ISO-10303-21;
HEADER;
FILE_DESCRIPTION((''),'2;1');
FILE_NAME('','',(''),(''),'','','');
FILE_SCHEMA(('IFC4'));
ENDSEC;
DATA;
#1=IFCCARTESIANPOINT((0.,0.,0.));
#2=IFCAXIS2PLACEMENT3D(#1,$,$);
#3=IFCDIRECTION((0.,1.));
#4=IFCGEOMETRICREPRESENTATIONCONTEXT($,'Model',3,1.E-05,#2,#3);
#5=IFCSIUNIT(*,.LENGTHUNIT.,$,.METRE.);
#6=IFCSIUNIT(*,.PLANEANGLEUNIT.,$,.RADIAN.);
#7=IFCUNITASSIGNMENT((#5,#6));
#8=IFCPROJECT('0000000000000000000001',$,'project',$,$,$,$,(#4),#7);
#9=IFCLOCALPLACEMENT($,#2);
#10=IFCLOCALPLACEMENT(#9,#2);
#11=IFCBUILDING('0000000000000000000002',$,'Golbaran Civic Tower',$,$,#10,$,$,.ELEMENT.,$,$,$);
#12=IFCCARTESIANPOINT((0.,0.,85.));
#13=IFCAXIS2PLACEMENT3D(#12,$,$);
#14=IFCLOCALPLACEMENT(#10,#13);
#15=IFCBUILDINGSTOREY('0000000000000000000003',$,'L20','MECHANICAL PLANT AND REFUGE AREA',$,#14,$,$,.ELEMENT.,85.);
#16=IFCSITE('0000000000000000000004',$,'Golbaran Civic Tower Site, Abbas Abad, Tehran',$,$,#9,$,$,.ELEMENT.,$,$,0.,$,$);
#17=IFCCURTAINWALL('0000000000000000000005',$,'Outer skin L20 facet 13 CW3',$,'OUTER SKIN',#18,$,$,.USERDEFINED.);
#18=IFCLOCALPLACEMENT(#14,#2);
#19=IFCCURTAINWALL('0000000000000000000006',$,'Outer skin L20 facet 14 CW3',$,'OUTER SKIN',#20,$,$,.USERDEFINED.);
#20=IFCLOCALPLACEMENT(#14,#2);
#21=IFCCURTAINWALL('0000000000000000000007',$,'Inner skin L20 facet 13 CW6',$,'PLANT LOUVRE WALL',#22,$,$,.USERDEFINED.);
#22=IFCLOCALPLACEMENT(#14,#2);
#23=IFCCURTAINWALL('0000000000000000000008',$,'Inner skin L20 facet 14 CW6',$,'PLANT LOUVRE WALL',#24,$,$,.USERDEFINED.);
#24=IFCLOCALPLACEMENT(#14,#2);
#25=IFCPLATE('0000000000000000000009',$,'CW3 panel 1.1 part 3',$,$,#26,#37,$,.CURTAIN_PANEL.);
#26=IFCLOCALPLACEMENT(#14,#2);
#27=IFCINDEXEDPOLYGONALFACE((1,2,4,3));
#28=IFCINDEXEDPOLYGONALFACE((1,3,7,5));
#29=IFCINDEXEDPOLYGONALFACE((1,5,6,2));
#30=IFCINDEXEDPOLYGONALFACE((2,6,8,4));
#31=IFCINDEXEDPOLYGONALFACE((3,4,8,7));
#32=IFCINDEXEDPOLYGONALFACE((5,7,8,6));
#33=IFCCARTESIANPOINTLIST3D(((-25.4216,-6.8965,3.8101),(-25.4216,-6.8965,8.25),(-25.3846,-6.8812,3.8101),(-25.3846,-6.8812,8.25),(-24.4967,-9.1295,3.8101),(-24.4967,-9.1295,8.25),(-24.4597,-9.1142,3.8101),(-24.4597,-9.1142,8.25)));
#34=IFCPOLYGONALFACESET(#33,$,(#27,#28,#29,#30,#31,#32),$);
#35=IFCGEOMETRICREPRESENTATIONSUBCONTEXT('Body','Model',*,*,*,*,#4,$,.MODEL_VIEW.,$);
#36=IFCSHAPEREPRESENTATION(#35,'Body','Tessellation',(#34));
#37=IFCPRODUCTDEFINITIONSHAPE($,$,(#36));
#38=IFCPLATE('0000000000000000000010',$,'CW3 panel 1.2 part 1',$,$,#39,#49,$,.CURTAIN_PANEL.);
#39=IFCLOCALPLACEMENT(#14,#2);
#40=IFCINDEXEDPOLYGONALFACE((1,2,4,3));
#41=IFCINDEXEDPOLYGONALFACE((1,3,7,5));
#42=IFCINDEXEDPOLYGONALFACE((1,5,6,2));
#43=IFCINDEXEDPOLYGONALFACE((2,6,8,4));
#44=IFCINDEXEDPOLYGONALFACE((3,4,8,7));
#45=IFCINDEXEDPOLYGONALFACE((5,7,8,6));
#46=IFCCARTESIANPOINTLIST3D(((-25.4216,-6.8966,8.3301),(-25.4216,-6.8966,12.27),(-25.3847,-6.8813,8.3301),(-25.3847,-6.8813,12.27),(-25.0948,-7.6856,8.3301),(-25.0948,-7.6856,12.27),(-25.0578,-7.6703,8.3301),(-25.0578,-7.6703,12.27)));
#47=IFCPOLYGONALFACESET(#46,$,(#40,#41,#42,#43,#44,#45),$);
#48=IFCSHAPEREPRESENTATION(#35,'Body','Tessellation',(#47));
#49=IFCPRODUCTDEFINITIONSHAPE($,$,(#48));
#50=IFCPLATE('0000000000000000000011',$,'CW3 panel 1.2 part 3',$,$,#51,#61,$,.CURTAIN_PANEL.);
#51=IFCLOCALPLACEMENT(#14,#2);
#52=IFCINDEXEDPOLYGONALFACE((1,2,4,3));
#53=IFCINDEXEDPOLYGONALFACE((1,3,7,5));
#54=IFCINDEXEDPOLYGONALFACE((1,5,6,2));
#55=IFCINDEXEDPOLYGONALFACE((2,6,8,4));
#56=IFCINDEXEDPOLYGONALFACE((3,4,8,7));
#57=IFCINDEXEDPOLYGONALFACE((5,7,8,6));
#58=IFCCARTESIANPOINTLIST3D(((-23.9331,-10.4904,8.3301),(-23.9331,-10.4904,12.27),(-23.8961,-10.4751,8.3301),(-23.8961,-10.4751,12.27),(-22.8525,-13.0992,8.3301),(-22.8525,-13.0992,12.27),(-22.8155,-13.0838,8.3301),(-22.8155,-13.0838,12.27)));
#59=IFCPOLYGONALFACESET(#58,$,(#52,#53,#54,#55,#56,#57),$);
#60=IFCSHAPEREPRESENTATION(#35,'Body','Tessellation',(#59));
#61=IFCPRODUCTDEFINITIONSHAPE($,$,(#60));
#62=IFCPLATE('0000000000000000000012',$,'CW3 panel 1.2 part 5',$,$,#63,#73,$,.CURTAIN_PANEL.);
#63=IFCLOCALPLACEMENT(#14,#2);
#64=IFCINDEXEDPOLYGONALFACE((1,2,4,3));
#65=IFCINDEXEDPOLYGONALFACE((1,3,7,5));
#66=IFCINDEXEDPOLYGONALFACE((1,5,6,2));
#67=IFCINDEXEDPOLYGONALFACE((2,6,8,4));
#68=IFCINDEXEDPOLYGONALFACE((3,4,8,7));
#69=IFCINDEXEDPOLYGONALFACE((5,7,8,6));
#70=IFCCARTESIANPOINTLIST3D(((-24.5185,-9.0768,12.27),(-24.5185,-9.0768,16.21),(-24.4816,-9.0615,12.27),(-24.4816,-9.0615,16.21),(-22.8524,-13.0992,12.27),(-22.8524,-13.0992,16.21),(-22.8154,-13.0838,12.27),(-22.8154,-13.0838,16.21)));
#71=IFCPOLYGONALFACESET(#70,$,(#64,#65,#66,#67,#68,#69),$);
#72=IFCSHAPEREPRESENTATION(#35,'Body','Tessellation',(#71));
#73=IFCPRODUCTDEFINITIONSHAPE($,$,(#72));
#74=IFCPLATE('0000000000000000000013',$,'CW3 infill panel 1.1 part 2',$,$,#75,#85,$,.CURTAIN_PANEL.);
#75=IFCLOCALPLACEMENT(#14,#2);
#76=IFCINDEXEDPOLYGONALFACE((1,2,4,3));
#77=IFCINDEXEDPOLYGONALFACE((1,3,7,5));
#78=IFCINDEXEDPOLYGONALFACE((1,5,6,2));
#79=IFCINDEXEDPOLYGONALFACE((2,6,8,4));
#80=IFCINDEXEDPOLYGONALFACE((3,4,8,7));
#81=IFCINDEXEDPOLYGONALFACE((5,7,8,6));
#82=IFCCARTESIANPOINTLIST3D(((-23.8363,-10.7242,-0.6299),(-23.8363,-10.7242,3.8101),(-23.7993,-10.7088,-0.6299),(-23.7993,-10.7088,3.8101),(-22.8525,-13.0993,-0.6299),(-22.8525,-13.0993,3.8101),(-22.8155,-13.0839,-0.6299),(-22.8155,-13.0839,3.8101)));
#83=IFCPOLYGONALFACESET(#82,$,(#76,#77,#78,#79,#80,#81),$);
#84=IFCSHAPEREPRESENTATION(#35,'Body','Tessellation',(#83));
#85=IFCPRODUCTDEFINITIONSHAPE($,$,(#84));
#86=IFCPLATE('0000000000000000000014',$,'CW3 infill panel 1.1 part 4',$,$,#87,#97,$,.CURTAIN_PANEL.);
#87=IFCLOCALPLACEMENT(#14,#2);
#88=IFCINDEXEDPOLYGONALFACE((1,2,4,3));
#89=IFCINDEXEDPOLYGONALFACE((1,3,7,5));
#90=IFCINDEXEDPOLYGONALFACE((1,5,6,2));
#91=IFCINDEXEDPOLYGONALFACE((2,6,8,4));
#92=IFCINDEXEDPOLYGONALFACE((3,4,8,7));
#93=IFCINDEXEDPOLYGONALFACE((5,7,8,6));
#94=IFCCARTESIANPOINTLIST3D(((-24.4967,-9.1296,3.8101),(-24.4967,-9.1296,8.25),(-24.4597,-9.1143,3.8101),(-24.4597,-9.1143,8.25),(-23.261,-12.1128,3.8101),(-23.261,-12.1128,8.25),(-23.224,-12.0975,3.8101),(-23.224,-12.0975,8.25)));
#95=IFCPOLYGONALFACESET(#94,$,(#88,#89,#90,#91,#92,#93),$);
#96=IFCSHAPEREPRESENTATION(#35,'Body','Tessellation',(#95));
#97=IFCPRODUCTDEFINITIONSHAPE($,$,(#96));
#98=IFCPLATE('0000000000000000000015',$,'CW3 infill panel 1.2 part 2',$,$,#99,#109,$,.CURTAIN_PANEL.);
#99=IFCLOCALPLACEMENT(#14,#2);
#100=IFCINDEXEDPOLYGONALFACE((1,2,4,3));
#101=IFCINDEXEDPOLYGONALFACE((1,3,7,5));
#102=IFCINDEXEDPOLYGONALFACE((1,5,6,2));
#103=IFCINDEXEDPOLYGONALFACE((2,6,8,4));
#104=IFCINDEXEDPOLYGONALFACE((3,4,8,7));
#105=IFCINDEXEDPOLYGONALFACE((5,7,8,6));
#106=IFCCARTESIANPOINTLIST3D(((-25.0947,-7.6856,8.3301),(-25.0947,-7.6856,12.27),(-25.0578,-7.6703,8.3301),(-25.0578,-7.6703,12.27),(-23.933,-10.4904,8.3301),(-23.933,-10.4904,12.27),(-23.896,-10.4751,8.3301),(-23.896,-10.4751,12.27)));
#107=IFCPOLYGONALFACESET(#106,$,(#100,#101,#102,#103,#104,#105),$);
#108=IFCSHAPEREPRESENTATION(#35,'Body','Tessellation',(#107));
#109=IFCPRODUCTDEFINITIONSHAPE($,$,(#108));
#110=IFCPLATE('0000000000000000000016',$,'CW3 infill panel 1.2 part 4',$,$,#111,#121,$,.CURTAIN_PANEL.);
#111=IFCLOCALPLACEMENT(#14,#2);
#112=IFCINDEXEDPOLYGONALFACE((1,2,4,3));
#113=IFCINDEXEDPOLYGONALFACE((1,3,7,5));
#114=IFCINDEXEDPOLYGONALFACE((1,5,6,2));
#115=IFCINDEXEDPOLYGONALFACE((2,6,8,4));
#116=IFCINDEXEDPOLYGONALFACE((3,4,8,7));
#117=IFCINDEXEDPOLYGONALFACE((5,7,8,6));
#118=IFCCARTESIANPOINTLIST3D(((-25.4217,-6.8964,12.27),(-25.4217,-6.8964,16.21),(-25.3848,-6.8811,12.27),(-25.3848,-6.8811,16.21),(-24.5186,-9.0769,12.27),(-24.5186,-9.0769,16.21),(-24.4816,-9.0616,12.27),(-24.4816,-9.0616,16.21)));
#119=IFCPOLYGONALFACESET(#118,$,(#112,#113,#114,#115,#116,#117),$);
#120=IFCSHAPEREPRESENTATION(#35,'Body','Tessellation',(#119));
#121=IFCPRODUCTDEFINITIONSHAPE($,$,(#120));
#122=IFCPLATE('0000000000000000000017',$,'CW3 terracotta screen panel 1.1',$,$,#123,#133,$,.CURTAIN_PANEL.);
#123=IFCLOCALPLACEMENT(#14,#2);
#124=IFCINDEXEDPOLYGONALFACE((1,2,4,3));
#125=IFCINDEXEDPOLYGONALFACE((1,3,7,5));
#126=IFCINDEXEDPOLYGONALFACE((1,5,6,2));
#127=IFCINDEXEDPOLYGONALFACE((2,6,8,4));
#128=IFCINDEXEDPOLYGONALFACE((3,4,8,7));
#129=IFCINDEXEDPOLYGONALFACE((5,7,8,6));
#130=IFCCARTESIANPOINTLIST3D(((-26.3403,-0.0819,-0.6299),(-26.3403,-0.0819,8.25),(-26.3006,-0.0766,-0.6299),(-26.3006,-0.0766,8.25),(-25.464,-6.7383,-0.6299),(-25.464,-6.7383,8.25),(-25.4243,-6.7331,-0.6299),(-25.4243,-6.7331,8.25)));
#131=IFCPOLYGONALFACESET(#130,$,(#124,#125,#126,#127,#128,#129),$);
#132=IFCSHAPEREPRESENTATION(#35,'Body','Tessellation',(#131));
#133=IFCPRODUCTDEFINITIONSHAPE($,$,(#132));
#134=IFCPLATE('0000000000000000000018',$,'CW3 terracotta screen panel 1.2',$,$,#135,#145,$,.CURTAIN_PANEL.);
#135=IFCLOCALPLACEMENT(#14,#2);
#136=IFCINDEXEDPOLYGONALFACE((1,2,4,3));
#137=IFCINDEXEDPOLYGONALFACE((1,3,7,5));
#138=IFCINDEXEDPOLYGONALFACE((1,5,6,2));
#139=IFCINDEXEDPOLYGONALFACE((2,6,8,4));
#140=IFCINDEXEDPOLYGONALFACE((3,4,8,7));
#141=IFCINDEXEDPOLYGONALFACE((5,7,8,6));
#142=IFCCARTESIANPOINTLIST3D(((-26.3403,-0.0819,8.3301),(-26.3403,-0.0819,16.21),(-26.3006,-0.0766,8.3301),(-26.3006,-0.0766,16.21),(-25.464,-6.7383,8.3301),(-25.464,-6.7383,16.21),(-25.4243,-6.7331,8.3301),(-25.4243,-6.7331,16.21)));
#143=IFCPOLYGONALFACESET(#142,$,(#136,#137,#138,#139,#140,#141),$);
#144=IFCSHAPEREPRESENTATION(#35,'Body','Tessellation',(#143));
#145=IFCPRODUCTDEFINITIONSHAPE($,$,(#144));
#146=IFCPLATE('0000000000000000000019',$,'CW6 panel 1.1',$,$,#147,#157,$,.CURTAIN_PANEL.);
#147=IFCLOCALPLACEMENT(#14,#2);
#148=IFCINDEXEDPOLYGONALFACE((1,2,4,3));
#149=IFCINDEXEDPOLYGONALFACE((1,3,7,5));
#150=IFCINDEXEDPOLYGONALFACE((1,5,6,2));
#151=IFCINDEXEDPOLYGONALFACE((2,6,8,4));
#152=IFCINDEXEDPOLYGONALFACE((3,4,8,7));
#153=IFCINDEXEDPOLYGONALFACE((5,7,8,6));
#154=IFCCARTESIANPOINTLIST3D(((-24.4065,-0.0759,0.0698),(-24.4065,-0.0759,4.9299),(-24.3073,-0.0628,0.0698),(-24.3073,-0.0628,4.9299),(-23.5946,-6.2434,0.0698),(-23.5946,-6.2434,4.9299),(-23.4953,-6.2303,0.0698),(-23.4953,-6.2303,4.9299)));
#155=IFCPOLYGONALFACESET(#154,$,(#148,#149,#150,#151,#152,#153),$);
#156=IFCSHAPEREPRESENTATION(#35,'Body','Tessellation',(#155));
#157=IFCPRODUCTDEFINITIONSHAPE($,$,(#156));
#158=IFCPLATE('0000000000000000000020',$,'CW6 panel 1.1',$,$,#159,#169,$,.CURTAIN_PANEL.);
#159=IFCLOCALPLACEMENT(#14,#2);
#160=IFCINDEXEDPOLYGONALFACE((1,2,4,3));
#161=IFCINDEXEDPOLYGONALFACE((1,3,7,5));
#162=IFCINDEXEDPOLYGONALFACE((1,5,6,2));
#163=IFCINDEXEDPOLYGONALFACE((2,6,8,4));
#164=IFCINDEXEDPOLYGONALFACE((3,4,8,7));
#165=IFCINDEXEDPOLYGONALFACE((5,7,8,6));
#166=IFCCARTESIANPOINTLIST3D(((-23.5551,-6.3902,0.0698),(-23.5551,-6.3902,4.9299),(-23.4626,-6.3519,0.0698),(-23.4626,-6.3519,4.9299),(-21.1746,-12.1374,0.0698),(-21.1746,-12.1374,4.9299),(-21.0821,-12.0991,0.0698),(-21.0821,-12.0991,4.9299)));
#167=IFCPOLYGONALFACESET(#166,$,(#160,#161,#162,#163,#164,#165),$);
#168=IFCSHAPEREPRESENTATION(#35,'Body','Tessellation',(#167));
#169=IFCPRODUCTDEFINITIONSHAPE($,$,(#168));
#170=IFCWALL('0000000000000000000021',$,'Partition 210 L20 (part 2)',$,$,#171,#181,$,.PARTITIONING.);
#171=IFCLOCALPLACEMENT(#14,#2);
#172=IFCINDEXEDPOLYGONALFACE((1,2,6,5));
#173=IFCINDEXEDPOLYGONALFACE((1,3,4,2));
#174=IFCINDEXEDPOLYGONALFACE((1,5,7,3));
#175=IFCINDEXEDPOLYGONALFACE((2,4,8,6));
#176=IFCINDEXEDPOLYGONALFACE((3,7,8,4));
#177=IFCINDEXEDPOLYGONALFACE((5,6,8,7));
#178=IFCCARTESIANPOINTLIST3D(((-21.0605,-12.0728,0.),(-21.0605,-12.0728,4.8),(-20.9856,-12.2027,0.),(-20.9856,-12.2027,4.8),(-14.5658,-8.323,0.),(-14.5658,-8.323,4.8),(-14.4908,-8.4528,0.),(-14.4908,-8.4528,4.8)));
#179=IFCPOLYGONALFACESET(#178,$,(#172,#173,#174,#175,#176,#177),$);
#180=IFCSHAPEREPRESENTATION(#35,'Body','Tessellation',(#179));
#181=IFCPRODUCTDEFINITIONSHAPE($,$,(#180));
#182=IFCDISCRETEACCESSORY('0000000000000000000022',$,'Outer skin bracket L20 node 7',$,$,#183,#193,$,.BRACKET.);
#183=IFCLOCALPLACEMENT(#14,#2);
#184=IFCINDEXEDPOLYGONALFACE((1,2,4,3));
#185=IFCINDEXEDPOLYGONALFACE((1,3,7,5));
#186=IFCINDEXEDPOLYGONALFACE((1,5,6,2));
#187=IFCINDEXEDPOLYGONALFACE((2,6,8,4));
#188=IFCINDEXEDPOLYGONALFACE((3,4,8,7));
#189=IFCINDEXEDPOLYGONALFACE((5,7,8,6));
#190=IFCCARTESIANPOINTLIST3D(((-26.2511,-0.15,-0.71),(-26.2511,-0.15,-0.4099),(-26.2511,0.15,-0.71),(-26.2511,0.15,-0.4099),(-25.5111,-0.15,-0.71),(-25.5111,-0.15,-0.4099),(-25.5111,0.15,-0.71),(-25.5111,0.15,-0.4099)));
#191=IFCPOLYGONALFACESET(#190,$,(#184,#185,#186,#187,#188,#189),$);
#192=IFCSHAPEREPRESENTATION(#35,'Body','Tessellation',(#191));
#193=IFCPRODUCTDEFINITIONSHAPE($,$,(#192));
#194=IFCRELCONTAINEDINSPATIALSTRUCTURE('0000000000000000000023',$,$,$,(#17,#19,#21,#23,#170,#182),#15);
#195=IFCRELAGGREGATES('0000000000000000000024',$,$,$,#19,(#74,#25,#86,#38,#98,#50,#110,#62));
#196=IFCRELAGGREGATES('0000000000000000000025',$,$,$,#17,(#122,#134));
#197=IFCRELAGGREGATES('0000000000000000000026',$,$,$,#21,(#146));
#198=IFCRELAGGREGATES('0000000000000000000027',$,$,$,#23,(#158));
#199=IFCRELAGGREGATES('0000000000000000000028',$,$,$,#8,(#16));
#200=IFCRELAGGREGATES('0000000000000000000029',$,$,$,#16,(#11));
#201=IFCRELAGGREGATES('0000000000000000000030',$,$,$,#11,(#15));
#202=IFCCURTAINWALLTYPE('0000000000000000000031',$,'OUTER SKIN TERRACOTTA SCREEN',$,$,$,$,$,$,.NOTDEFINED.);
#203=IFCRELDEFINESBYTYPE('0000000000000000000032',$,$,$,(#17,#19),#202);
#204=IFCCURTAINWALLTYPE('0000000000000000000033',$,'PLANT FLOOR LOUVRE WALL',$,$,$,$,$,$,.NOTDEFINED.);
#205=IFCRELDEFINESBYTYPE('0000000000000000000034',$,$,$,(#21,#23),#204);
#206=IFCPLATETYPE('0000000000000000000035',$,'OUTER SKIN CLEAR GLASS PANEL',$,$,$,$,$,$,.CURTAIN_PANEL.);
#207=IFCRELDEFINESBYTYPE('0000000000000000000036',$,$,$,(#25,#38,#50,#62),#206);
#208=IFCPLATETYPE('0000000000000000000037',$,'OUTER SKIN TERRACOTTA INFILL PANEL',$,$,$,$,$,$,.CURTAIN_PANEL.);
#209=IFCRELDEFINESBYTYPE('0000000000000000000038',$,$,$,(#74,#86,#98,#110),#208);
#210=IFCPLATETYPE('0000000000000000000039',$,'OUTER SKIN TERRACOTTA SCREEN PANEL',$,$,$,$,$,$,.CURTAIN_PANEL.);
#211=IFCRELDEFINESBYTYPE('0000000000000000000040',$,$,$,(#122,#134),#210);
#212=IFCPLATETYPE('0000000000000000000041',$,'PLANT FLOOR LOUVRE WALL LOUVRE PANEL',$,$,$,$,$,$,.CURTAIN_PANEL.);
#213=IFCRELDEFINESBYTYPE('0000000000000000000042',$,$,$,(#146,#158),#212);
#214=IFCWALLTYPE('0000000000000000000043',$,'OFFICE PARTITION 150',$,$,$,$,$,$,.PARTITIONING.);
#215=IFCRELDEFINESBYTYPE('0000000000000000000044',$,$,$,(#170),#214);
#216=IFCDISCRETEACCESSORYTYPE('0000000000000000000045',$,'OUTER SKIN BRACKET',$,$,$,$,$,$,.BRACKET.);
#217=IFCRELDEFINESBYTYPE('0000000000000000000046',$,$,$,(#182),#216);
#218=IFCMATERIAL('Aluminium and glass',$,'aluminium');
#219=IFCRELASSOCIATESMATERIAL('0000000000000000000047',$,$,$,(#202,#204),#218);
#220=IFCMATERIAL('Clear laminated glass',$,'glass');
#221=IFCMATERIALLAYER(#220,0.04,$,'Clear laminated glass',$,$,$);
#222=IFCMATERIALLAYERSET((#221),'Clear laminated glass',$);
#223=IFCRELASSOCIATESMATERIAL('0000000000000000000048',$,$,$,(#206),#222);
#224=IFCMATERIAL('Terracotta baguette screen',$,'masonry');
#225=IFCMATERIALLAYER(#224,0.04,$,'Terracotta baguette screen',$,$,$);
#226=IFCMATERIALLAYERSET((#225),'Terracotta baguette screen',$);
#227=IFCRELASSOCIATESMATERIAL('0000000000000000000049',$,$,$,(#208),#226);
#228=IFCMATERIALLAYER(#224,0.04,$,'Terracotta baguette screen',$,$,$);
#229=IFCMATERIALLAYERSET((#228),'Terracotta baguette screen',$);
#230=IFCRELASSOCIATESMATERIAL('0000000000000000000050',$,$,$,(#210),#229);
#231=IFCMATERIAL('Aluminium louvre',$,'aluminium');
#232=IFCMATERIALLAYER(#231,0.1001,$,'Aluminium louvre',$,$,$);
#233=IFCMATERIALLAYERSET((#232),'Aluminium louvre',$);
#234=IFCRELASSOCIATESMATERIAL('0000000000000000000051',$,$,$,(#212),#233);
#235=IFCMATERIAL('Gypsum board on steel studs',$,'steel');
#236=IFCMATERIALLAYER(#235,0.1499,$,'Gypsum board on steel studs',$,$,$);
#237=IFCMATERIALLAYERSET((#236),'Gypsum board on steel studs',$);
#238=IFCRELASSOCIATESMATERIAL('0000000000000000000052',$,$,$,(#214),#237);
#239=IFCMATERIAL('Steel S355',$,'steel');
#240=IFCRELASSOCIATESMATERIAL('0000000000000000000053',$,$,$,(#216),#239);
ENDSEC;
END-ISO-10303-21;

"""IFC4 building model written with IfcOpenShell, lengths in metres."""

from ifc_helpers import new_model, si_unit, direction, frame, frame_2d, origin, origin_2d, place, context, subcontext, project, spatial, rectangle, extrude, material, layer, layer_set, type_object, element, aggregate, save


model = new_model("IFC4")

# Units and contexts
model_context = context("Model", 3, precision=1e-05, world=origin(), true_north=direction((0.0, 1.0)))
body_context = subcontext(model_context, "Body", "Model", "MODEL_VIEW")
ifc_project = project(units=[si_unit("LENGTHUNIT", "METRE"), si_unit("PLANEANGLEUNIT", "RADIAN")], contexts=[model_context])

# Site, building, storey
site_placement = place(None, origin())
site = spatial("IfcSite", under=ifc_project, at=site_placement, Name="Golbaran Civic Tower Site, Abbas Abad, Tehran", CompositionType="ELEMENT", RefElevation=0.0)
building_placement = place(site_placement, origin())
building = spatial("IfcBuilding", under=site, at=building_placement, Name="Golbaran Civic Tower", CompositionType="ELEMENT")
storey_placement = place(building_placement, frame((0.0, 0.0, 85.0)))
storey = spatial("IfcBuildingStorey", under=building, at=storey_placement, Name="L20", Description="MECHANICAL PLANT AND REFUGE AREA", CompositionType="ELEMENT", Elevation=85.0)

# Shared definitions
ifc_material_1 = material(Name="Steel S355", Category="steel")

# Curtain wall
ifc_material_2 = material(Name="Aluminium and glass", Category="aluminium")
curtain_wall_type_1 = type_object("IfcCurtainWallType", Name="OUTER SKIN TERRACOTTA SCREEN", PredefinedType="NOTDEFINED", material=ifc_material_2)
curtain_wall_1_placement = place(storey_placement, origin())
curtain_wall_1 = element("IfcCurtainWall", 1, at=curtain_wall_1_placement, inside=storey, type_object=curtain_wall_type_1, Name="Outer skin L20 facet 13 CW3", ObjectType="OUTER SKIN", PredefinedType="USERDEFINED")

# Curtain wall
curtain_wall_2_placement = place(storey_placement, origin())
curtain_wall_2 = element("IfcCurtainWall", 2, at=curtain_wall_2_placement, inside=storey, type_object=curtain_wall_type_1, Name="Outer skin L20 facet 14 CW3", ObjectType="OUTER SKIN", PredefinedType="USERDEFINED")

# Curtain wall
curtain_wall_type_2 = type_object("IfcCurtainWallType", Name="PLANT FLOOR LOUVRE WALL", PredefinedType="NOTDEFINED", material=ifc_material_2)
curtain_wall_3_placement = place(storey_placement, origin())
curtain_wall_3 = element("IfcCurtainWall", 3, at=curtain_wall_3_placement, inside=storey, type_object=curtain_wall_type_2, Name="Inner skin L20 facet 13 CW6", ObjectType="PLANT LOUVRE WALL", PredefinedType="USERDEFINED")

# Curtain wall
curtain_wall_4_placement = place(storey_placement, origin())
curtain_wall_4 = element("IfcCurtainWall", 4, at=curtain_wall_4_placement, inside=storey, type_object=curtain_wall_type_2, Name="Inner skin L20 facet 14 CW6", ObjectType="PLANT LOUVRE WALL", PredefinedType="USERDEFINED")

# Plates
ifc_material_3 = material(Name="Clear laminated glass", Category="glass")
ifc_layer_1 = layer(ifc_material_3, 0.04, Name="Clear laminated glass")
ifc_layer_set_1 = layer_set([ifc_layer_1], Name="Clear laminated glass")
plate_type_1 = type_object("IfcPlateType", Name="OUTER SKIN CLEAR GLASS PANEL", PredefinedType="CURTAIN_PANEL", material=ifc_layer_set_1)
plate_1_placement = place(storey_placement, frame((-24.9407, -8.0054, 3.8101), z_axis=(0.0, 0.0, 1.0), x_axis=(0.382683, -0.92388, 0.0)))
plate_1 = element("IfcPlate", 5, at=plate_1_placement, type_object=plate_type_1, Name="CW3 panel 1.1 part 3", PredefinedType="CURTAIN_PANEL", context=body_context, shape_type="SweptSolid", body=[
    extrude(rectangle(XDim=2.417, YDim=0.04, at=origin_2d()), origin(), (0.0, 0.0, 1.0), 4.4399),
])
plate_2_placement = place(storey_placement, frame((-25.2397, -7.2834, 8.3301), z_axis=(0.0, 0.0, 1.0), x_axis=(0.382683, -0.92388, 0.0)))
plate_2 = element("IfcPlate", 6, at=plate_2_placement, type_object=plate_type_1, Name="CW3 panel 1.2 part 1", PredefinedType="CURTAIN_PANEL", context=body_context, shape_type="SweptSolid", body=[
    extrude(rectangle(XDim=0.854, YDim=0.04, at=origin_2d()), origin(), (0.0, 0.0, 1.0), 3.9399),
])
plate_3_placement = place(storey_placement, frame((-23.3743, -11.7871, 8.3301), z_axis=(0.0, 0.0, 1.0), x_axis=(0.382683, -0.92388, 0.0)))
plate_3 = element("IfcPlate", 7, at=plate_3_placement, type_object=plate_type_1, Name="CW3 panel 1.2 part 3", PredefinedType="CURTAIN_PANEL", context=body_context, shape_type="SweptSolid", body=[
    extrude(rectangle(XDim=2.8237, YDim=0.04, at=origin_2d()), origin(), (0.0, 0.0, 1.0), 3.9399),
])
plate_4_placement = place(storey_placement, frame((-23.667, -11.0803, 12.27), z_axis=(0.0, 0.0, 1.0), x_axis=(0.382683, -0.92388, 0.0)))
plate_4 = element("IfcPlate", 8, at=plate_4_placement, type_object=plate_type_1, Name="CW3 panel 1.2 part 5", PredefinedType="CURTAIN_PANEL", context=body_context, shape_type="SweptSolid", body=[
    extrude(rectangle(XDim=4.3538, YDim=0.04, at=origin_2d()), origin(), (0.0, 0.0, 1.0), 3.9399),
])
ifc_material_4 = material(Name="Terracotta baguette screen", Category="masonry")
ifc_layer_2 = layer(ifc_material_4, 0.04, Name="Terracotta baguette screen")
ifc_layer_set_2 = layer_set([ifc_layer_2], Name="Terracotta baguette screen")
plate_type_2 = type_object("IfcPlateType", Name="OUTER SKIN TERRACOTTA INFILL PANEL", PredefinedType="CURTAIN_PANEL", material=ifc_layer_set_2)
plate_5_placement = place(storey_placement, frame((-23.3259, -11.9041, -0.6299), z_axis=(0.0, 0.0, 1.0), x_axis=(0.382683, -0.92388, 0.0)))
plate_5 = element("IfcPlate", 9, at=plate_5_placement, type_object=plate_type_2, Name="CW3 infill panel 1.1 part 2", PredefinedType="CURTAIN_PANEL", context=body_context, shape_type="SweptSolid", body=[
    extrude(rectangle(XDim=2.5708, YDim=0.04, at=origin_2d()), origin(), (0.0, 0.0, 1.0), 4.4399),
])
plate_6_placement = place(storey_placement, frame((-23.8604, -10.6135, 3.8101), z_axis=(0.0, 0.0, 1.0), x_axis=(0.382683, -0.92388, 0.0)))
plate_6 = element("IfcPlate", 10, at=plate_6_placement, type_object=plate_type_2, Name="CW3 infill panel 1.1 part 4", PredefinedType="CURTAIN_PANEL", context=body_context, shape_type="SweptSolid", body=[
    extrude(rectangle(XDim=3.229, YDim=0.04, at=origin_2d()), origin(), (0.0, 0.0, 1.0), 4.4399),
])
plate_7_placement = place(storey_placement, frame((-24.4954, -9.0803, 8.3301), z_axis=(0.0, 0.0, 1.0), x_axis=(0.382683, -0.92388, 0.0)))
plate_7 = element("IfcPlate", 11, at=plate_7_placement, type_object=plate_type_2, Name="CW3 infill panel 1.2 part 2", PredefinedType="CURTAIN_PANEL", context=body_context, shape_type="SweptSolid", body=[
    extrude(rectangle(XDim=3.0359, YDim=0.04, at=origin_2d()), origin(), (0.0, 0.0, 1.0), 3.9399),
])
plate_8_placement = place(storey_placement, frame((-24.9517, -7.979, 12.27), z_axis=(0.0, 0.0, 1.0), x_axis=(0.382683, -0.92388, 0.0)))
plate_8 = element("IfcPlate", 12, at=plate_8_placement, type_object=plate_type_2, Name="CW3 infill panel 1.2 part 4", PredefinedType="CURTAIN_PANEL", context=body_context, shape_type="SweptSolid", body=[
    extrude(rectangle(XDim=2.3601, YDim=0.04, at=origin_2d()), origin(), (0.0, 0.0, 1.0), 3.9399),
])
aggregate(curtain_wall_2, [plate_5, plate_1, plate_6, plate_2, plate_7, plate_3, plate_8, plate_4])
ifc_layer_3 = layer(ifc_material_4, 0.04, Name="Terracotta baguette screen")
ifc_layer_set_3 = layer_set([ifc_layer_3], Name="Terracotta baguette screen")
plate_type_3 = type_object("IfcPlateType", Name="OUTER SKIN TERRACOTTA SCREEN PANEL", PredefinedType="CURTAIN_PANEL", material=ifc_layer_set_3)
plate_9_placement = place(storey_placement, frame((-25.8823, -3.4075, -0.6299), z_axis=(0.0, 0.0, 1.0), x_axis=(0.130526, -0.991445, 0.0)))
plate_9 = element("IfcPlate", 13, at=plate_9_placement, type_object=plate_type_3, Name="CW3 terracotta screen panel 1.1", PredefinedType="CURTAIN_PANEL", context=body_context, shape_type="SweptSolid", body=[
    extrude(rectangle(XDim=6.7139, YDim=0.04, at=origin_2d()), origin(), (0.0, 0.0, 1.0), 8.8799),
])
plate_10_placement = place(storey_placement, frame((-25.8823, -3.4075, 8.3301), z_axis=(0.0, 0.0, 1.0), x_axis=(0.130526, -0.991445, 0.0)))
plate_10 = element("IfcPlate", 14, at=plate_10_placement, type_object=plate_type_3, Name="CW3 terracotta screen panel 1.2", PredefinedType="CURTAIN_PANEL", context=body_context, shape_type="SweptSolid", body=[
    extrude(rectangle(XDim=6.7139, YDim=0.04, at=origin_2d()), origin(), (0.0, 0.0, 1.0), 7.8799),
])
aggregate(curtain_wall_1, [plate_9, plate_10])
ifc_material_5 = material(Name="Aluminium louvre", Category="aluminium")
ifc_layer_4 = layer(ifc_material_5, 0.1001, Name="Aluminium louvre")
ifc_layer_set_4 = layer_set([ifc_layer_4], Name="Aluminium louvre")
plate_type_4 = type_object("IfcPlateType", Name="PLANT FLOOR LOUVRE WALL LOUVRE PANEL", PredefinedType="CURTAIN_PANEL", material=ifc_layer_set_4)
plate_11_placement = place(storey_placement, frame((-23.9509, -3.1531, 0.0698), z_axis=(0.0, 0.0, 1.0), x_axis=(0.130526, -0.991445, 0.0)))
plate_11 = element("IfcPlate", 15, at=plate_11_placement, type_object=plate_type_4, Name="CW6 panel 1.1", PredefinedType="CURTAIN_PANEL", context=body_context, shape_type="SweptSolid", body=[
    extrude(rectangle(XDim=6.2207, YDim=0.1001, at=origin_2d()), origin(), (0.0, 0.0, 1.0), 4.8601),
])
aggregate(curtain_wall_3, [plate_11])
plate_12_placement = place(storey_placement, frame((-22.3186, -9.2446, 0.0698), z_axis=(0.0, 0.0, 1.0), x_axis=(0.382683, -0.92388, 0.0)))
plate_12 = element("IfcPlate", 16, at=plate_12_placement, type_object=plate_type_4, Name="CW6 panel 1.1", PredefinedType="CURTAIN_PANEL", context=body_context, shape_type="SweptSolid", body=[
    extrude(rectangle(XDim=6.2207, YDim=0.1001, at=origin_2d()), origin(), (0.0, 0.0, 1.0), 4.8601),
])
aggregate(curtain_wall_4, [plate_12])

# Wall
ifc_material_6 = material(Name="Gypsum board on steel studs", Category="steel")
ifc_layer_5 = layer(ifc_material_6, 0.1499, Name="Gypsum board on steel studs")
ifc_layer_set_5 = layer_set([ifc_layer_5], Name="Gypsum board on steel studs")
wall_type = type_object("IfcWallType", Name="OFFICE PARTITION 150", PredefinedType="PARTITIONING", material=ifc_layer_set_5)
wall_placement = place(storey_placement, frame((-14.5283, -8.3879, 0.0), z_axis=(0.0, 0.0, 1.0), x_axis=(-0.866021, -0.500008, 0.0)))
element("IfcWall", 17, at=wall_placement, inside=storey, type_object=wall_type, Name="Partition 210 L20 (part 2)", PredefinedType="PARTITIONING", context=body_context, shape_type="SweptSolid", body=[
    extrude(rectangle(XDim=7.4995, YDim=0.1499, at=frame_2d((3.7498, 0.0))), origin(), (0.0, 0.0, 1.0), 4.8),
])

# Discrete accessory
discrete_accessory_type = type_object("IfcDiscreteAccessoryType", Name="OUTER SKIN BRACKET", PredefinedType="BRACKET", material=ifc_material_1)
discrete_accessory_1_placement = place(storey_placement, frame((-25.8811, 0.0, -0.71), z_axis=(0.0, 0.0, 1.0), x_axis=(-1.0, 0.0, 0.0)))
element("IfcDiscreteAccessory", 18, at=discrete_accessory_1_placement, inside=storey, type_object=discrete_accessory_type, Name="Outer skin bracket L20 node 7", PredefinedType="BRACKET", context=body_context, shape_type="SweptSolid", body=[
    extrude(rectangle(XDim=0.74, YDim=0.3, at=origin_2d()), origin(), (0.0, 0.0, 1.0), 0.3),
])

save(model, "model.ifc")
